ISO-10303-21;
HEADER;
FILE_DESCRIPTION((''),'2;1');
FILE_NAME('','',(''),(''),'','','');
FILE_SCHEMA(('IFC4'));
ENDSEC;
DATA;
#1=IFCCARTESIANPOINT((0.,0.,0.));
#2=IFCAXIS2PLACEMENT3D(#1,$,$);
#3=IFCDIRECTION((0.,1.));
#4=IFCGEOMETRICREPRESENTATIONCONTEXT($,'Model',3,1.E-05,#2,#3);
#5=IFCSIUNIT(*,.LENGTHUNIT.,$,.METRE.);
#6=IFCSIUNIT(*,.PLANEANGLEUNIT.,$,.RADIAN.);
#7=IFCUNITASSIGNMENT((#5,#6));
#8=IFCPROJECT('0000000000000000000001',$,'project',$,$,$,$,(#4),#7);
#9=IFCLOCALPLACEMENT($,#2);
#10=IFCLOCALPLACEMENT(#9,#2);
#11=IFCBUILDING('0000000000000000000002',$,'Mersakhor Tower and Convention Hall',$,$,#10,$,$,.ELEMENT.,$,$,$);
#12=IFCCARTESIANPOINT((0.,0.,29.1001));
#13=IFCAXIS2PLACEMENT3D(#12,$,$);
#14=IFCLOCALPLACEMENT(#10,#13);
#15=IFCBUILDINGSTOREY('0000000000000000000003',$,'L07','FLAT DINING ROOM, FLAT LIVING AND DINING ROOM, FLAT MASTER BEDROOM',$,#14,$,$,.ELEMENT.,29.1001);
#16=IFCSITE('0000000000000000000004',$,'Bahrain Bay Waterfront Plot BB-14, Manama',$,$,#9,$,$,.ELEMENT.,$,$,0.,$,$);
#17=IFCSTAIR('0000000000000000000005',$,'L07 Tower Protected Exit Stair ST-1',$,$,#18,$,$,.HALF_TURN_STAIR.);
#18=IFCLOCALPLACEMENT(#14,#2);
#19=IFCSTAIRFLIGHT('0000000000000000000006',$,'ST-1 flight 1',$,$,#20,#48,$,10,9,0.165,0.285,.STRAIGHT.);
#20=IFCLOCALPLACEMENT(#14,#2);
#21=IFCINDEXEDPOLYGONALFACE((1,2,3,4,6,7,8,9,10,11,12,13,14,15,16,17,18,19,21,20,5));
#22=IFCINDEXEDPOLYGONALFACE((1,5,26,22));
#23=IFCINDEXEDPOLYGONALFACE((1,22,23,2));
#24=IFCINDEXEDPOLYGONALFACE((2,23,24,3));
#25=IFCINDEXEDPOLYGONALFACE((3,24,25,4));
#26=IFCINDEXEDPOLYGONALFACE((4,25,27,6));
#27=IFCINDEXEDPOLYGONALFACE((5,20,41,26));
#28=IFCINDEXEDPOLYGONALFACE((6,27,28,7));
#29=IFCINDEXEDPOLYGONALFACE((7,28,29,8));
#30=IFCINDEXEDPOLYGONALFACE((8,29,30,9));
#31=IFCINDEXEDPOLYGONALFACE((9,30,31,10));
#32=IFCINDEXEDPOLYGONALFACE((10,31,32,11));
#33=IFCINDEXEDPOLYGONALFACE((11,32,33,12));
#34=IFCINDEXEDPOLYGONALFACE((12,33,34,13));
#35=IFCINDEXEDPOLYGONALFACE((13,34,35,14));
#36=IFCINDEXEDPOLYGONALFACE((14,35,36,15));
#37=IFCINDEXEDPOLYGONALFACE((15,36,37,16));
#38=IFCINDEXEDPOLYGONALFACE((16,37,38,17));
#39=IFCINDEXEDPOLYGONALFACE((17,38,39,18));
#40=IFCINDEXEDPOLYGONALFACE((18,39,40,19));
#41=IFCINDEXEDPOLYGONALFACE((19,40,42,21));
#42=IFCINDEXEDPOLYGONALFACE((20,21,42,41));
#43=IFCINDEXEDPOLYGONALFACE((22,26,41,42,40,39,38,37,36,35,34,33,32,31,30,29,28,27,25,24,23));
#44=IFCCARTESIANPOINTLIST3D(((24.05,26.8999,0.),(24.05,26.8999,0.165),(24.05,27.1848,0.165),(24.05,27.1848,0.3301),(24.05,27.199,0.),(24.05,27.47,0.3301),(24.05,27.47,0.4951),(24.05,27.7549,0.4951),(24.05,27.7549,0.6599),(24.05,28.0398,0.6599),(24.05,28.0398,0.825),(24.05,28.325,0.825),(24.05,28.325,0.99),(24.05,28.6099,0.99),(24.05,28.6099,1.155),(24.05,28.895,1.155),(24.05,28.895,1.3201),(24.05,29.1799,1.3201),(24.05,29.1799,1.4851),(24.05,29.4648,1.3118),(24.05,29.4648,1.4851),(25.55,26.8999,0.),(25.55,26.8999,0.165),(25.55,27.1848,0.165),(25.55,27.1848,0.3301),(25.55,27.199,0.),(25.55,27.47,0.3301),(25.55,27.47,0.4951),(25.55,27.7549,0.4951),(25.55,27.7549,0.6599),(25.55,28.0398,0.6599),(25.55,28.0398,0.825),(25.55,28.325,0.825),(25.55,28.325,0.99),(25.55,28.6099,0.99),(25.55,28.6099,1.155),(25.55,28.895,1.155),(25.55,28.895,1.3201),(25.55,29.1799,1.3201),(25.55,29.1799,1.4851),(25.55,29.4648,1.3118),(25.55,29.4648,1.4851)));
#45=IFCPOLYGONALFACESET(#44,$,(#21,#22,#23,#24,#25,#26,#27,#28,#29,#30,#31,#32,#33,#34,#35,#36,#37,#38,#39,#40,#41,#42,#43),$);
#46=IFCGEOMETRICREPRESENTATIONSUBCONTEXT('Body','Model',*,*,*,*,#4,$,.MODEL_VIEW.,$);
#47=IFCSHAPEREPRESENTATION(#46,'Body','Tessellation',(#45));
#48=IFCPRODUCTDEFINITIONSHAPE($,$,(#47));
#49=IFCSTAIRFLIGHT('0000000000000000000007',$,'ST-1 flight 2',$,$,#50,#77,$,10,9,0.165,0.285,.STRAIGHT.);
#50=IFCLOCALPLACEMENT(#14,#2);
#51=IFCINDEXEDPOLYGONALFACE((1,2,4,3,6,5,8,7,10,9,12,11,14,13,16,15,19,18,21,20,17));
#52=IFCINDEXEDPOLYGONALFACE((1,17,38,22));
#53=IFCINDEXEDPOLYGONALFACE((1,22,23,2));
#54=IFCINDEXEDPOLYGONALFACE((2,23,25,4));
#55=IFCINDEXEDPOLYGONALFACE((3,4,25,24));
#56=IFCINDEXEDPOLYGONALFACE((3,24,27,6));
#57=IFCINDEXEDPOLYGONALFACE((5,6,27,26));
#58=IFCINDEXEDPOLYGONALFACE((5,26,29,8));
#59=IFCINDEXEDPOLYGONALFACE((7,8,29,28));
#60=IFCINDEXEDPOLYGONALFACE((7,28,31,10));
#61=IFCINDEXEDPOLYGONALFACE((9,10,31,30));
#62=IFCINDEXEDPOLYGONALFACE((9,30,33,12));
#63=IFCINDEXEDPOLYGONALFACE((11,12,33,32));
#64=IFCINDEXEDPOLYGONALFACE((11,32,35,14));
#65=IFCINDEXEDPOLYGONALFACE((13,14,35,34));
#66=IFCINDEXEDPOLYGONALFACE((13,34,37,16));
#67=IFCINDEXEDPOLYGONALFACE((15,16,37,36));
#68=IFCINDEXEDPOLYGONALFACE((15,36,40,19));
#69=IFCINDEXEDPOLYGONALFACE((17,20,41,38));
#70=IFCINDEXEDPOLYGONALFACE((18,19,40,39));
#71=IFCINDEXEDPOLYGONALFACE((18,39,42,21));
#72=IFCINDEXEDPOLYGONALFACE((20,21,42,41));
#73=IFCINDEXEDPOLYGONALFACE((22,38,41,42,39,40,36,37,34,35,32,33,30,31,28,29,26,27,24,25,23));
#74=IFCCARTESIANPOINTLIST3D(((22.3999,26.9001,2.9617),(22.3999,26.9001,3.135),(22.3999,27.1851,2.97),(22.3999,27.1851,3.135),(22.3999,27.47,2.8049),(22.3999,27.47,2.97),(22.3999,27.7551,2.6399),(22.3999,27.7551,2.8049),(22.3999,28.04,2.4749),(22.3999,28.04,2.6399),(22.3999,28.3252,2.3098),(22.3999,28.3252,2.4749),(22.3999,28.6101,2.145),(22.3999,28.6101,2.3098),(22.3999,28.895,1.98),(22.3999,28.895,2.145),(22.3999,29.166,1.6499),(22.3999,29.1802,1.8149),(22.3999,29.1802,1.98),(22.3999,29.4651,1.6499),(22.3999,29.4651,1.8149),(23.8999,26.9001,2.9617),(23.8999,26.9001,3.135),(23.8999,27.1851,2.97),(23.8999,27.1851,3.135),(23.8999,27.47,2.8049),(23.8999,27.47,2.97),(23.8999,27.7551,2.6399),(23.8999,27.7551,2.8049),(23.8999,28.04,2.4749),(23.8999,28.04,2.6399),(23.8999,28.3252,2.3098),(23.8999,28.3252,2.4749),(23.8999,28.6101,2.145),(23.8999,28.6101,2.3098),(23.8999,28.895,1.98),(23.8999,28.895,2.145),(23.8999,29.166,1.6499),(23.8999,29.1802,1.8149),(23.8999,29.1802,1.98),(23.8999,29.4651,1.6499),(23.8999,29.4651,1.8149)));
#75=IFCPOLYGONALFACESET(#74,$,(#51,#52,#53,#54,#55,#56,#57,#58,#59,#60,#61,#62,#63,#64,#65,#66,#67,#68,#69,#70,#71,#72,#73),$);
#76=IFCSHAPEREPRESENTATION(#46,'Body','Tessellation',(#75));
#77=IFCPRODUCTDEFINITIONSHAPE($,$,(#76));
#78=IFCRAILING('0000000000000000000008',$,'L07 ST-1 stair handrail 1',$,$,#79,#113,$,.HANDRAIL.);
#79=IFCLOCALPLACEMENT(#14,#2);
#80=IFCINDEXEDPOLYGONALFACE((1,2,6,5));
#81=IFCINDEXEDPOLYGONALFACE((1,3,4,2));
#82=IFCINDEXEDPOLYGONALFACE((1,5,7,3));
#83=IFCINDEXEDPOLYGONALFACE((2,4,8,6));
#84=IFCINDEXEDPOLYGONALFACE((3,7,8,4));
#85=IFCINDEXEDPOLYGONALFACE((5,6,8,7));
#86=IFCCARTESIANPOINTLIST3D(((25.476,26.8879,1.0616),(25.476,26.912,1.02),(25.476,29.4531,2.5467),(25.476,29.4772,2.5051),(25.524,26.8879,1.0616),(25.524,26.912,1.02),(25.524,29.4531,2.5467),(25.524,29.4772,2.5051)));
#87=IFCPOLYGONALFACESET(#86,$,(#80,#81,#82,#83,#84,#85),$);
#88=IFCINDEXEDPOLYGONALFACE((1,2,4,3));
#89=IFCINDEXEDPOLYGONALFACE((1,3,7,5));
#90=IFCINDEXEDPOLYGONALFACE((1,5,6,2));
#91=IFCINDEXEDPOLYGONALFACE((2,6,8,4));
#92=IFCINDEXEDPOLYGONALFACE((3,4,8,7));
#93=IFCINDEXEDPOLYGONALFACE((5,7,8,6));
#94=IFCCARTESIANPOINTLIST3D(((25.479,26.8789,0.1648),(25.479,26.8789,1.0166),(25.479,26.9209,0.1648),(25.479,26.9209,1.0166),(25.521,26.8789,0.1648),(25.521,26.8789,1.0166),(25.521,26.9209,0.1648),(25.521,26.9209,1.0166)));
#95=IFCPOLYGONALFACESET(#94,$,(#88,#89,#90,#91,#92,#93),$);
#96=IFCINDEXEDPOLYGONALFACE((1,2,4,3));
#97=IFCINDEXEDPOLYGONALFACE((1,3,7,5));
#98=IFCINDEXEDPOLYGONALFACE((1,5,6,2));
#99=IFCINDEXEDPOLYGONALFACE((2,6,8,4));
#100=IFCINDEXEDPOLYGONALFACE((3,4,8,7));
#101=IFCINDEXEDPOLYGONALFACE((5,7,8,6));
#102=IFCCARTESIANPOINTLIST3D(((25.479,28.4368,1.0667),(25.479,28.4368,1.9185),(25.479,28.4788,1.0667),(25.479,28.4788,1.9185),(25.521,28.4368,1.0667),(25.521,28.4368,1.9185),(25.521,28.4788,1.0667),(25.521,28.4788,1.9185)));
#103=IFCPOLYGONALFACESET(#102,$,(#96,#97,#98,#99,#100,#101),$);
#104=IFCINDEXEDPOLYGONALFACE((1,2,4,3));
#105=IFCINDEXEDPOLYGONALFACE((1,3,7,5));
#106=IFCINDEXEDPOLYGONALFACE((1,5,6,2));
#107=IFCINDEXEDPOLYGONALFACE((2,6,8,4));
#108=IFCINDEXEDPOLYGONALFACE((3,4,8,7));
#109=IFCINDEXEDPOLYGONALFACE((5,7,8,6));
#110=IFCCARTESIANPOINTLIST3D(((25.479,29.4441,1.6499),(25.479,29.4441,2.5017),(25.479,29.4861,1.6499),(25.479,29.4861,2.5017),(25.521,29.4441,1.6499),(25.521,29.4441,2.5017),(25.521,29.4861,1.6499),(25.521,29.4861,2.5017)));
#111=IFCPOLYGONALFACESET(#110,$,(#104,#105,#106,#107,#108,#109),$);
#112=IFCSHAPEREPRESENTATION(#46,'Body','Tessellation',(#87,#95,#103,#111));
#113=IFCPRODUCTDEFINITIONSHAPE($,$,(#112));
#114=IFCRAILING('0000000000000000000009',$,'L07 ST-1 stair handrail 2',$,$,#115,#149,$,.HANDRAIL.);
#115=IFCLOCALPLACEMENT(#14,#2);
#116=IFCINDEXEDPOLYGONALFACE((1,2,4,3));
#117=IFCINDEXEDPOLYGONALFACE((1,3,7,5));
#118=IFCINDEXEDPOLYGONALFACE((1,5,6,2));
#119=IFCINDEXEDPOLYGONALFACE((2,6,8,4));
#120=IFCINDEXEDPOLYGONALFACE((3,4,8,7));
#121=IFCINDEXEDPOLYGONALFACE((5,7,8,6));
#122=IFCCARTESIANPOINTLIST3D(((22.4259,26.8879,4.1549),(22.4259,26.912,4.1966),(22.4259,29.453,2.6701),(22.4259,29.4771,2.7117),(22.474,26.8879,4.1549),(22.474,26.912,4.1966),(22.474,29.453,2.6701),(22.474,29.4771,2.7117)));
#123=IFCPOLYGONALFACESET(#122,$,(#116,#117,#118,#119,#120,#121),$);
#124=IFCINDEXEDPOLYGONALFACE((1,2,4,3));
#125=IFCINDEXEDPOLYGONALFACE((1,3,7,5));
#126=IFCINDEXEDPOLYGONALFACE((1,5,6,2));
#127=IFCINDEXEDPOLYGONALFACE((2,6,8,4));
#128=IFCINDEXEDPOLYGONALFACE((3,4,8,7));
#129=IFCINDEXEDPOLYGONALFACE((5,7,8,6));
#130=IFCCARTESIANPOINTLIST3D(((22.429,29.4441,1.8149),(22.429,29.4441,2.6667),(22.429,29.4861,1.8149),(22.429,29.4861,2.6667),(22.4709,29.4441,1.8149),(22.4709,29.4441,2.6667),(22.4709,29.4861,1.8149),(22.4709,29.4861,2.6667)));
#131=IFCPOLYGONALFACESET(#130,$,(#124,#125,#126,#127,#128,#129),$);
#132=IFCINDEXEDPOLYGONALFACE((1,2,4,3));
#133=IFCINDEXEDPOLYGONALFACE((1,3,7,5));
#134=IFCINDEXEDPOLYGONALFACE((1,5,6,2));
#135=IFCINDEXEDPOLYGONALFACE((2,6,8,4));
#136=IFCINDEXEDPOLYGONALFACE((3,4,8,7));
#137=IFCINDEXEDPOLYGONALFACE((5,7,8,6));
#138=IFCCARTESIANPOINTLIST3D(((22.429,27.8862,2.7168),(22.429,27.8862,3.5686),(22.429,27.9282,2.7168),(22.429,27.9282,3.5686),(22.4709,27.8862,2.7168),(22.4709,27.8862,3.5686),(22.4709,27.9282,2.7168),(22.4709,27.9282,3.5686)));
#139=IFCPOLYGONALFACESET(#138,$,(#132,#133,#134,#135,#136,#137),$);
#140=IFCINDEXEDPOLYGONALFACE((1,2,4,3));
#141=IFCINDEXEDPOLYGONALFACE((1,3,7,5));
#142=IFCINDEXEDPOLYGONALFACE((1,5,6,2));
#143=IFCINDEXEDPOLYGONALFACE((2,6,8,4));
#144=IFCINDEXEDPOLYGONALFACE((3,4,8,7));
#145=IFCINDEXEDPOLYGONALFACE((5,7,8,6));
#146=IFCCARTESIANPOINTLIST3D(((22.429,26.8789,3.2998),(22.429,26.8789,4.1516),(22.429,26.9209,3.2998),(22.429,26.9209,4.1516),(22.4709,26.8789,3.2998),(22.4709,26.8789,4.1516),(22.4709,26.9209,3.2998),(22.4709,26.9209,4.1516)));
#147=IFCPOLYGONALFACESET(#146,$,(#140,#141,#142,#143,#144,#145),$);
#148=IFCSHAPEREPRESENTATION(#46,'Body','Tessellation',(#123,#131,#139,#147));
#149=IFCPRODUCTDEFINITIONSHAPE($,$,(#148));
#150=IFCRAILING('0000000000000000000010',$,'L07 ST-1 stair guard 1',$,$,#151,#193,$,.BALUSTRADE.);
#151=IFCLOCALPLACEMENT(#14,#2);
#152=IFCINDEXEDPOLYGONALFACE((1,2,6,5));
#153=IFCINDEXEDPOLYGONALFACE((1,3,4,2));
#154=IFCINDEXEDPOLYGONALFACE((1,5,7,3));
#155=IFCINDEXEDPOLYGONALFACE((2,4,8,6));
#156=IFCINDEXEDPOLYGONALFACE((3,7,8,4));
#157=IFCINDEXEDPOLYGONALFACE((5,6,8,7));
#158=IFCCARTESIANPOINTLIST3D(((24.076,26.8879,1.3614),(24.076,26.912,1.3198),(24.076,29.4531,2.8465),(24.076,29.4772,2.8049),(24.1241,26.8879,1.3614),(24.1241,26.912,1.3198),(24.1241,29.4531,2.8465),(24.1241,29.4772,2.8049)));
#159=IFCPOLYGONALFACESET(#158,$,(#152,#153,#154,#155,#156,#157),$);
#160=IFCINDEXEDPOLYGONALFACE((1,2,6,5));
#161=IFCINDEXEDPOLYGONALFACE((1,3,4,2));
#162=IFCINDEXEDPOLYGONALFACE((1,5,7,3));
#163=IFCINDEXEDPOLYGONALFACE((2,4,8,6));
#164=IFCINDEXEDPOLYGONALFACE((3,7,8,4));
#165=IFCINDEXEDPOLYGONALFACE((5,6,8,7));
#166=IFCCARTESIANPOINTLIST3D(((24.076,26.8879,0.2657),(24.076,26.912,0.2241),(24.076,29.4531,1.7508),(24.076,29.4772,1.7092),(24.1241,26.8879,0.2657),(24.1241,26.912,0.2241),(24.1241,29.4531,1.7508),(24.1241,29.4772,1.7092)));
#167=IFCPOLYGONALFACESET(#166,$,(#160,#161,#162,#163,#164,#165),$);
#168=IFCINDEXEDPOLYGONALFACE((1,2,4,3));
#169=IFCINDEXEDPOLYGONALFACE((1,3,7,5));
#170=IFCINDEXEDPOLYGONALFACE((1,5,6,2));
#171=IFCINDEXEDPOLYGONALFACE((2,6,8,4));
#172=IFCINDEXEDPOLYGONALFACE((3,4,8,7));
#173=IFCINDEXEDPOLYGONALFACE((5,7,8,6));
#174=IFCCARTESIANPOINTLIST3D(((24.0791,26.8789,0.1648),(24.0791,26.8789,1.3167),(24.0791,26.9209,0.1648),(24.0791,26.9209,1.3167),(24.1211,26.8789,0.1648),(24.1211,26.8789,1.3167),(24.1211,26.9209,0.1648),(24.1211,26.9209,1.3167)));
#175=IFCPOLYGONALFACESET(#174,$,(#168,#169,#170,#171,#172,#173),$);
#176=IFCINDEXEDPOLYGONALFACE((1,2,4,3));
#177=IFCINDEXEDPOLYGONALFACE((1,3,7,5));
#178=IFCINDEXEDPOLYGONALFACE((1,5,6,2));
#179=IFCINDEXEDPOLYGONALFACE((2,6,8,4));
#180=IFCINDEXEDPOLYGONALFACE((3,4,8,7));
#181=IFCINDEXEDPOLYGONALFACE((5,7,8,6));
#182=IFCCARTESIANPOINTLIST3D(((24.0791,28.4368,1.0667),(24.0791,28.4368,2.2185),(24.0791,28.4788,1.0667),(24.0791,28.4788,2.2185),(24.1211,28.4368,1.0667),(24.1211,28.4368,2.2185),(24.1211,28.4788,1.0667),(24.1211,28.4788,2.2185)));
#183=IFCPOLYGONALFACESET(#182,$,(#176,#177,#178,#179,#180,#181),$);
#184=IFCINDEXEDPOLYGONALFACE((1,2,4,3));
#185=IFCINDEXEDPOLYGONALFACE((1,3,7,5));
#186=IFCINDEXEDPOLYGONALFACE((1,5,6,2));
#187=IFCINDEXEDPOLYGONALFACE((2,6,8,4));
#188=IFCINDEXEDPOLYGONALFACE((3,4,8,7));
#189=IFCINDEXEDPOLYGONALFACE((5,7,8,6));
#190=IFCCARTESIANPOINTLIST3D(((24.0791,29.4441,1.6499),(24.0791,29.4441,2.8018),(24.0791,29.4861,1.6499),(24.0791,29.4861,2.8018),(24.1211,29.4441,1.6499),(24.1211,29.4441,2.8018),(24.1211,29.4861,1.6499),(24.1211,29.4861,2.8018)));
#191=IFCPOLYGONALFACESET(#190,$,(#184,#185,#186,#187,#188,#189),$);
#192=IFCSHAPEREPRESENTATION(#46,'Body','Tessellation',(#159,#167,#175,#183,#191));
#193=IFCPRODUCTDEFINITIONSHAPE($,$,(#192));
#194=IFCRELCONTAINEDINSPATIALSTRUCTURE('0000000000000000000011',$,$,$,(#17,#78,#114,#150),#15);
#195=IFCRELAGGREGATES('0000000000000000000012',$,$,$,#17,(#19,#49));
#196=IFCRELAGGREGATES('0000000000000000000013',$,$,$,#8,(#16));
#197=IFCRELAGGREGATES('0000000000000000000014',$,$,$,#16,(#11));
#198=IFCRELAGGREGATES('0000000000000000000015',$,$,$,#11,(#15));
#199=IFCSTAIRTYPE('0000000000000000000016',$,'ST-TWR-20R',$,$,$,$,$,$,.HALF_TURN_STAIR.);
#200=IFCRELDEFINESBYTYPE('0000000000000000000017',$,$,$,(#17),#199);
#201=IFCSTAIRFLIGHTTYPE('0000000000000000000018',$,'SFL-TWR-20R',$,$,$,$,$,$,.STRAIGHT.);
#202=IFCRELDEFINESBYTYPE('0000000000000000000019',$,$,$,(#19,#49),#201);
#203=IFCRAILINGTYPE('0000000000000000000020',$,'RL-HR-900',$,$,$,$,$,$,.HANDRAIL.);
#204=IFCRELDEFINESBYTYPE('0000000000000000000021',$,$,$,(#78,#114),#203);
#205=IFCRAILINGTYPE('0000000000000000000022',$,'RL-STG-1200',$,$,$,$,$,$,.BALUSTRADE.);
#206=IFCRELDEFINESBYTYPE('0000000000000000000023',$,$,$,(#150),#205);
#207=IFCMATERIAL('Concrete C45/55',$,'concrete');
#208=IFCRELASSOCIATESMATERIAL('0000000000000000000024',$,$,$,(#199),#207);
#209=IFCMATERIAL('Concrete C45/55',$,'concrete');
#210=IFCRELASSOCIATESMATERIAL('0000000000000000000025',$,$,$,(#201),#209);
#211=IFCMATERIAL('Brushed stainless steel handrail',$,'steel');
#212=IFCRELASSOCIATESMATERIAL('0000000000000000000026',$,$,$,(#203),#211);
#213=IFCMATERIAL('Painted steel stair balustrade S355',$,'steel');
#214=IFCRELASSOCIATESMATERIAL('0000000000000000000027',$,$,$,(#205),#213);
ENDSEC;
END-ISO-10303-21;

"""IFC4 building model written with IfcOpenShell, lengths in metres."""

from ifc_helpers import new_model, si_unit, direction, frame, origin, origin_2d, place, context, subcontext, project, spatial, polyline, rectangle, outline, extrude, material, type_object, element, aggregate, save


model = new_model("IFC4")

# Units and contexts
model_context = context("Model", 3, precision=1e-05, world=origin(), true_north=direction((0.0, 1.0)))
body_context = subcontext(model_context, "Body", "Model", "MODEL_VIEW")
ifc_project = project(units=[si_unit("LENGTHUNIT", "METRE"), si_unit("PLANEANGLEUNIT", "RADIAN")], contexts=[model_context])

# Site, building, storey
site_placement = place(None, origin())
site = spatial("IfcSite", under=ifc_project, at=site_placement, Name="Bahrain Bay Waterfront Plot BB-14, Manama", CompositionType="ELEMENT", RefElevation=0.0)
building_placement = place(site_placement, origin())
building = spatial("IfcBuilding", under=site, at=building_placement, Name="Mersakhor Tower and Convention Hall", CompositionType="ELEMENT")
storey_placement = place(building_placement, frame((0.0, 0.0, 29.1001)))
storey = spatial("IfcBuildingStorey", under=building, at=storey_placement, Name="L07", Description="FLAT DINING ROOM, FLAT LIVING AND DINING ROOM, FLAT MASTER BEDROOM", CompositionType="ELEMENT", Elevation=29.1001)

# Stair, stair flights
ifc_material_1 = material(Name="Concrete C45/55", Category="concrete")
stair_type = type_object("IfcStairType", Name="ST-TWR-20R", PredefinedType="HALF_TURN_STAIR", material=ifc_material_1)
stair_placement = place(storey_placement, origin())
stair = element("IfcStair", 1, at=stair_placement, inside=storey, type_object=stair_type, Name="L07 Tower Protected Exit Stair ST-1", PredefinedType="HALF_TURN_STAIR")
ifc_material_2 = material(Name="Concrete C45/55", Category="concrete")
stair_flight_type = type_object("IfcStairFlightType", Name="SFL-TWR-20R", PredefinedType="STRAIGHT", material=ifc_material_2)
stair_flight_1_placement = place(storey_placement, frame((24.8, 26.8999, 0.0), z_axis=(0.0, 0.0, 1.0), x_axis=(0.0, 1.0, 0.0)))
stair_flight_1 = element("IfcStairFlight", 2, at=stair_flight_1_placement, type_object=stair_flight_type, Name="ST-1 flight 1", NumberOfRisers=10, NumberOfTreads=9, PredefinedType="STRAIGHT", RiserHeight=0.165, TreadLength=0.285, context=body_context, shape_type="SweptSolid", body=[
    extrude(outline(polyline([(0.0, 0.0), (0.0, 0.165), (0.2849, 0.165), (0.2849, 0.3301), (0.5701, 0.3301), (0.5701, 0.4951), (0.855, 0.4951), (0.855, 0.6599), (1.1399, 0.6599), (1.1399, 0.825), (1.425, 0.825), (1.425, 0.99), (1.71, 0.99), (1.71, 1.155), (1.9951, 1.155), (1.9951, 1.3201), (2.28, 1.3201), (2.28, 1.4851), (2.5649, 1.4851), (2.5649, 1.6499), (2.5649, 1.3118), (0.2991, 0.0), (0.0, 0.0)])), frame((0.0, 0.75, 0.0), z_axis=(0.0, -1.0, 0.0), x_axis=(1.0, 0.0, 0.0)), (0.0, 0.0, 1.0), 1.5),
])
stair_flight_2_placement = place(storey_placement, frame((23.1499, 29.4651, 1.6499), z_axis=(0.0, 0.0, 1.0), x_axis=(0.0, -1.0, 0.0)))
stair_flight_2 = element("IfcStairFlight", 3, at=stair_flight_2_placement, type_object=stair_flight_type, Name="ST-1 flight 2", NumberOfRisers=10, NumberOfTreads=9, PredefinedType="STRAIGHT", RiserHeight=0.165, TreadLength=0.285, context=body_context, shape_type="SweptSolid", body=[
    extrude(outline(polyline([(0.0, 0.0), (0.0, 0.165), (0.2849, 0.165), (0.2849, 0.3301), (0.5701, 0.3301), (0.5701, 0.4951), (0.855, 0.4951), (0.855, 0.6599), (1.1399, 0.6599), (1.1399, 0.825), (1.425, 0.825), (1.425, 0.99), (1.71, 0.99), (1.71, 1.155), (1.9951, 1.155), (1.9951, 1.3201), (2.28, 1.3201), (2.28, 1.4851), (2.5649, 1.4851), (2.5649, 1.6499), (2.5649, 1.3118), (0.2991, 0.0), (0.0, 0.0)])), frame((0.0, 0.75, 0.0), z_axis=(0.0, -1.0, 0.0), x_axis=(1.0, 0.0, 0.0)), (0.0, 0.0, 1.0), 1.5),
])
aggregate(stair, [stair_flight_1, stair_flight_2])

# Railings
ifc_material_3 = material(Name="Brushed stainless steel handrail", Category="steel")
railing_type_1 = type_object("IfcRailingType", Name="RL-HR-900", PredefinedType="HANDRAIL", material=ifc_material_3)
railing_1_placement = place(storey_placement, frame((25.5, 26.8999, 0.1648)))
element("IfcRailing", 4, at=railing_1_placement, inside=storey, type_object=railing_type_1, Name="L07 ST-1 stair handrail 1", PredefinedType="HANDRAIL", context=body_context, shape_type="SweptSolid", body=[
    extrude(rectangle(XDim=0.0481, YDim=0.0481, at=origin_2d()), frame((0.0, 0.0, 0.876), z_axis=(0.0, 0.865426, 0.501036), x_axis=(-1.0, 0.0, 0.0)), (0.0, 0.0, 1.0), 2.9641),
    extrude(rectangle(XDim=0.042, YDim=0.042, at=origin_2d()), origin(), (0.0, 0.0, 1.0), 0.8518),
    extrude(rectangle(XDim=0.042, YDim=0.042, at=origin_2d()), frame((0.0, 1.5579, 0.9019)), (0.0, 0.0, 1.0), 0.8518),
    extrude(rectangle(XDim=0.042, YDim=0.042, at=origin_2d()), frame((0.0, 2.5652, 1.4851)), (0.0, 0.0, 1.0), 0.8518),
])
railing_2_placement = place(storey_placement, frame((22.45, 29.4651, 1.8149)))
element("IfcRailing", 5, at=railing_2_placement, inside=storey, type_object=railing_type_1, Name="L07 ST-1 stair handrail 2", PredefinedType="HANDRAIL", context=body_context, shape_type="SweptSolid", body=[
    extrude(rectangle(XDim=0.0481, YDim=0.0481, at=origin_2d()), frame((0.0, 0.0, 0.876), z_axis=(0.0, -0.865462, 0.500975), x_axis=(1.0, 0.0, 0.0)), (0.0, 0.0, 1.0), 2.9639),
    extrude(rectangle(XDim=0.042, YDim=0.042, at=origin_2d()), origin(), (0.0, 0.0, 1.0), 0.8518),
    extrude(rectangle(XDim=0.042, YDim=0.042, at=origin_2d()), frame((0.0, -1.5579, 0.9019)), (0.0, 0.0, 1.0), 0.8518),
    extrude(rectangle(XDim=0.042, YDim=0.042, at=origin_2d()), frame((0.0, -2.5652, 1.4849)), (0.0, 0.0, 1.0), 0.8518),
])
ifc_material_4 = material(Name="Painted steel stair balustrade S355", Category="steel")
railing_type_2 = type_object("IfcRailingType", Name="RL-STG-1200", PredefinedType="BALUSTRADE", material=ifc_material_4)
railing_3_placement = place(storey_placement, frame((24.1001, 26.8999, 0.1648)))
element("IfcRailing", 6, at=railing_3_placement, inside=storey, type_object=railing_type_2, Name="L07 ST-1 stair guard 1", PredefinedType="BALUSTRADE", context=body_context, shape_type="SweptSolid", body=[
    extrude(rectangle(XDim=0.0481, YDim=0.0481, at=origin_2d()), frame((0.0, 0.0, 1.1758), z_axis=(0.0, 0.865426, 0.501036), x_axis=(-1.0, 0.0, 0.0)), (0.0, 0.0, 1.0), 2.9641),
    extrude(rectangle(XDim=0.0481, YDim=0.0481, at=origin_2d()), frame((0.0, 0.0, 0.0801), z_axis=(0.0, 0.865426, 0.501036), x_axis=(-1.0, 0.0, 0.0)), (0.0, 0.0, 1.0), 2.9641),
    extrude(rectangle(XDim=0.042, YDim=0.042, at=origin_2d()), origin(), (0.0, 0.0, 1.0), 1.1519),
    extrude(rectangle(XDim=0.042, YDim=0.042, at=origin_2d()), frame((0.0, 1.5579, 0.9019)), (0.0, 0.0, 1.0), 1.1519),
    extrude(rectangle(XDim=0.042, YDim=0.042, at=origin_2d()), frame((0.0, 2.5652, 1.4851)), (0.0, 0.0, 1.0), 1.1519),
])

save(model, "model.ifc")
